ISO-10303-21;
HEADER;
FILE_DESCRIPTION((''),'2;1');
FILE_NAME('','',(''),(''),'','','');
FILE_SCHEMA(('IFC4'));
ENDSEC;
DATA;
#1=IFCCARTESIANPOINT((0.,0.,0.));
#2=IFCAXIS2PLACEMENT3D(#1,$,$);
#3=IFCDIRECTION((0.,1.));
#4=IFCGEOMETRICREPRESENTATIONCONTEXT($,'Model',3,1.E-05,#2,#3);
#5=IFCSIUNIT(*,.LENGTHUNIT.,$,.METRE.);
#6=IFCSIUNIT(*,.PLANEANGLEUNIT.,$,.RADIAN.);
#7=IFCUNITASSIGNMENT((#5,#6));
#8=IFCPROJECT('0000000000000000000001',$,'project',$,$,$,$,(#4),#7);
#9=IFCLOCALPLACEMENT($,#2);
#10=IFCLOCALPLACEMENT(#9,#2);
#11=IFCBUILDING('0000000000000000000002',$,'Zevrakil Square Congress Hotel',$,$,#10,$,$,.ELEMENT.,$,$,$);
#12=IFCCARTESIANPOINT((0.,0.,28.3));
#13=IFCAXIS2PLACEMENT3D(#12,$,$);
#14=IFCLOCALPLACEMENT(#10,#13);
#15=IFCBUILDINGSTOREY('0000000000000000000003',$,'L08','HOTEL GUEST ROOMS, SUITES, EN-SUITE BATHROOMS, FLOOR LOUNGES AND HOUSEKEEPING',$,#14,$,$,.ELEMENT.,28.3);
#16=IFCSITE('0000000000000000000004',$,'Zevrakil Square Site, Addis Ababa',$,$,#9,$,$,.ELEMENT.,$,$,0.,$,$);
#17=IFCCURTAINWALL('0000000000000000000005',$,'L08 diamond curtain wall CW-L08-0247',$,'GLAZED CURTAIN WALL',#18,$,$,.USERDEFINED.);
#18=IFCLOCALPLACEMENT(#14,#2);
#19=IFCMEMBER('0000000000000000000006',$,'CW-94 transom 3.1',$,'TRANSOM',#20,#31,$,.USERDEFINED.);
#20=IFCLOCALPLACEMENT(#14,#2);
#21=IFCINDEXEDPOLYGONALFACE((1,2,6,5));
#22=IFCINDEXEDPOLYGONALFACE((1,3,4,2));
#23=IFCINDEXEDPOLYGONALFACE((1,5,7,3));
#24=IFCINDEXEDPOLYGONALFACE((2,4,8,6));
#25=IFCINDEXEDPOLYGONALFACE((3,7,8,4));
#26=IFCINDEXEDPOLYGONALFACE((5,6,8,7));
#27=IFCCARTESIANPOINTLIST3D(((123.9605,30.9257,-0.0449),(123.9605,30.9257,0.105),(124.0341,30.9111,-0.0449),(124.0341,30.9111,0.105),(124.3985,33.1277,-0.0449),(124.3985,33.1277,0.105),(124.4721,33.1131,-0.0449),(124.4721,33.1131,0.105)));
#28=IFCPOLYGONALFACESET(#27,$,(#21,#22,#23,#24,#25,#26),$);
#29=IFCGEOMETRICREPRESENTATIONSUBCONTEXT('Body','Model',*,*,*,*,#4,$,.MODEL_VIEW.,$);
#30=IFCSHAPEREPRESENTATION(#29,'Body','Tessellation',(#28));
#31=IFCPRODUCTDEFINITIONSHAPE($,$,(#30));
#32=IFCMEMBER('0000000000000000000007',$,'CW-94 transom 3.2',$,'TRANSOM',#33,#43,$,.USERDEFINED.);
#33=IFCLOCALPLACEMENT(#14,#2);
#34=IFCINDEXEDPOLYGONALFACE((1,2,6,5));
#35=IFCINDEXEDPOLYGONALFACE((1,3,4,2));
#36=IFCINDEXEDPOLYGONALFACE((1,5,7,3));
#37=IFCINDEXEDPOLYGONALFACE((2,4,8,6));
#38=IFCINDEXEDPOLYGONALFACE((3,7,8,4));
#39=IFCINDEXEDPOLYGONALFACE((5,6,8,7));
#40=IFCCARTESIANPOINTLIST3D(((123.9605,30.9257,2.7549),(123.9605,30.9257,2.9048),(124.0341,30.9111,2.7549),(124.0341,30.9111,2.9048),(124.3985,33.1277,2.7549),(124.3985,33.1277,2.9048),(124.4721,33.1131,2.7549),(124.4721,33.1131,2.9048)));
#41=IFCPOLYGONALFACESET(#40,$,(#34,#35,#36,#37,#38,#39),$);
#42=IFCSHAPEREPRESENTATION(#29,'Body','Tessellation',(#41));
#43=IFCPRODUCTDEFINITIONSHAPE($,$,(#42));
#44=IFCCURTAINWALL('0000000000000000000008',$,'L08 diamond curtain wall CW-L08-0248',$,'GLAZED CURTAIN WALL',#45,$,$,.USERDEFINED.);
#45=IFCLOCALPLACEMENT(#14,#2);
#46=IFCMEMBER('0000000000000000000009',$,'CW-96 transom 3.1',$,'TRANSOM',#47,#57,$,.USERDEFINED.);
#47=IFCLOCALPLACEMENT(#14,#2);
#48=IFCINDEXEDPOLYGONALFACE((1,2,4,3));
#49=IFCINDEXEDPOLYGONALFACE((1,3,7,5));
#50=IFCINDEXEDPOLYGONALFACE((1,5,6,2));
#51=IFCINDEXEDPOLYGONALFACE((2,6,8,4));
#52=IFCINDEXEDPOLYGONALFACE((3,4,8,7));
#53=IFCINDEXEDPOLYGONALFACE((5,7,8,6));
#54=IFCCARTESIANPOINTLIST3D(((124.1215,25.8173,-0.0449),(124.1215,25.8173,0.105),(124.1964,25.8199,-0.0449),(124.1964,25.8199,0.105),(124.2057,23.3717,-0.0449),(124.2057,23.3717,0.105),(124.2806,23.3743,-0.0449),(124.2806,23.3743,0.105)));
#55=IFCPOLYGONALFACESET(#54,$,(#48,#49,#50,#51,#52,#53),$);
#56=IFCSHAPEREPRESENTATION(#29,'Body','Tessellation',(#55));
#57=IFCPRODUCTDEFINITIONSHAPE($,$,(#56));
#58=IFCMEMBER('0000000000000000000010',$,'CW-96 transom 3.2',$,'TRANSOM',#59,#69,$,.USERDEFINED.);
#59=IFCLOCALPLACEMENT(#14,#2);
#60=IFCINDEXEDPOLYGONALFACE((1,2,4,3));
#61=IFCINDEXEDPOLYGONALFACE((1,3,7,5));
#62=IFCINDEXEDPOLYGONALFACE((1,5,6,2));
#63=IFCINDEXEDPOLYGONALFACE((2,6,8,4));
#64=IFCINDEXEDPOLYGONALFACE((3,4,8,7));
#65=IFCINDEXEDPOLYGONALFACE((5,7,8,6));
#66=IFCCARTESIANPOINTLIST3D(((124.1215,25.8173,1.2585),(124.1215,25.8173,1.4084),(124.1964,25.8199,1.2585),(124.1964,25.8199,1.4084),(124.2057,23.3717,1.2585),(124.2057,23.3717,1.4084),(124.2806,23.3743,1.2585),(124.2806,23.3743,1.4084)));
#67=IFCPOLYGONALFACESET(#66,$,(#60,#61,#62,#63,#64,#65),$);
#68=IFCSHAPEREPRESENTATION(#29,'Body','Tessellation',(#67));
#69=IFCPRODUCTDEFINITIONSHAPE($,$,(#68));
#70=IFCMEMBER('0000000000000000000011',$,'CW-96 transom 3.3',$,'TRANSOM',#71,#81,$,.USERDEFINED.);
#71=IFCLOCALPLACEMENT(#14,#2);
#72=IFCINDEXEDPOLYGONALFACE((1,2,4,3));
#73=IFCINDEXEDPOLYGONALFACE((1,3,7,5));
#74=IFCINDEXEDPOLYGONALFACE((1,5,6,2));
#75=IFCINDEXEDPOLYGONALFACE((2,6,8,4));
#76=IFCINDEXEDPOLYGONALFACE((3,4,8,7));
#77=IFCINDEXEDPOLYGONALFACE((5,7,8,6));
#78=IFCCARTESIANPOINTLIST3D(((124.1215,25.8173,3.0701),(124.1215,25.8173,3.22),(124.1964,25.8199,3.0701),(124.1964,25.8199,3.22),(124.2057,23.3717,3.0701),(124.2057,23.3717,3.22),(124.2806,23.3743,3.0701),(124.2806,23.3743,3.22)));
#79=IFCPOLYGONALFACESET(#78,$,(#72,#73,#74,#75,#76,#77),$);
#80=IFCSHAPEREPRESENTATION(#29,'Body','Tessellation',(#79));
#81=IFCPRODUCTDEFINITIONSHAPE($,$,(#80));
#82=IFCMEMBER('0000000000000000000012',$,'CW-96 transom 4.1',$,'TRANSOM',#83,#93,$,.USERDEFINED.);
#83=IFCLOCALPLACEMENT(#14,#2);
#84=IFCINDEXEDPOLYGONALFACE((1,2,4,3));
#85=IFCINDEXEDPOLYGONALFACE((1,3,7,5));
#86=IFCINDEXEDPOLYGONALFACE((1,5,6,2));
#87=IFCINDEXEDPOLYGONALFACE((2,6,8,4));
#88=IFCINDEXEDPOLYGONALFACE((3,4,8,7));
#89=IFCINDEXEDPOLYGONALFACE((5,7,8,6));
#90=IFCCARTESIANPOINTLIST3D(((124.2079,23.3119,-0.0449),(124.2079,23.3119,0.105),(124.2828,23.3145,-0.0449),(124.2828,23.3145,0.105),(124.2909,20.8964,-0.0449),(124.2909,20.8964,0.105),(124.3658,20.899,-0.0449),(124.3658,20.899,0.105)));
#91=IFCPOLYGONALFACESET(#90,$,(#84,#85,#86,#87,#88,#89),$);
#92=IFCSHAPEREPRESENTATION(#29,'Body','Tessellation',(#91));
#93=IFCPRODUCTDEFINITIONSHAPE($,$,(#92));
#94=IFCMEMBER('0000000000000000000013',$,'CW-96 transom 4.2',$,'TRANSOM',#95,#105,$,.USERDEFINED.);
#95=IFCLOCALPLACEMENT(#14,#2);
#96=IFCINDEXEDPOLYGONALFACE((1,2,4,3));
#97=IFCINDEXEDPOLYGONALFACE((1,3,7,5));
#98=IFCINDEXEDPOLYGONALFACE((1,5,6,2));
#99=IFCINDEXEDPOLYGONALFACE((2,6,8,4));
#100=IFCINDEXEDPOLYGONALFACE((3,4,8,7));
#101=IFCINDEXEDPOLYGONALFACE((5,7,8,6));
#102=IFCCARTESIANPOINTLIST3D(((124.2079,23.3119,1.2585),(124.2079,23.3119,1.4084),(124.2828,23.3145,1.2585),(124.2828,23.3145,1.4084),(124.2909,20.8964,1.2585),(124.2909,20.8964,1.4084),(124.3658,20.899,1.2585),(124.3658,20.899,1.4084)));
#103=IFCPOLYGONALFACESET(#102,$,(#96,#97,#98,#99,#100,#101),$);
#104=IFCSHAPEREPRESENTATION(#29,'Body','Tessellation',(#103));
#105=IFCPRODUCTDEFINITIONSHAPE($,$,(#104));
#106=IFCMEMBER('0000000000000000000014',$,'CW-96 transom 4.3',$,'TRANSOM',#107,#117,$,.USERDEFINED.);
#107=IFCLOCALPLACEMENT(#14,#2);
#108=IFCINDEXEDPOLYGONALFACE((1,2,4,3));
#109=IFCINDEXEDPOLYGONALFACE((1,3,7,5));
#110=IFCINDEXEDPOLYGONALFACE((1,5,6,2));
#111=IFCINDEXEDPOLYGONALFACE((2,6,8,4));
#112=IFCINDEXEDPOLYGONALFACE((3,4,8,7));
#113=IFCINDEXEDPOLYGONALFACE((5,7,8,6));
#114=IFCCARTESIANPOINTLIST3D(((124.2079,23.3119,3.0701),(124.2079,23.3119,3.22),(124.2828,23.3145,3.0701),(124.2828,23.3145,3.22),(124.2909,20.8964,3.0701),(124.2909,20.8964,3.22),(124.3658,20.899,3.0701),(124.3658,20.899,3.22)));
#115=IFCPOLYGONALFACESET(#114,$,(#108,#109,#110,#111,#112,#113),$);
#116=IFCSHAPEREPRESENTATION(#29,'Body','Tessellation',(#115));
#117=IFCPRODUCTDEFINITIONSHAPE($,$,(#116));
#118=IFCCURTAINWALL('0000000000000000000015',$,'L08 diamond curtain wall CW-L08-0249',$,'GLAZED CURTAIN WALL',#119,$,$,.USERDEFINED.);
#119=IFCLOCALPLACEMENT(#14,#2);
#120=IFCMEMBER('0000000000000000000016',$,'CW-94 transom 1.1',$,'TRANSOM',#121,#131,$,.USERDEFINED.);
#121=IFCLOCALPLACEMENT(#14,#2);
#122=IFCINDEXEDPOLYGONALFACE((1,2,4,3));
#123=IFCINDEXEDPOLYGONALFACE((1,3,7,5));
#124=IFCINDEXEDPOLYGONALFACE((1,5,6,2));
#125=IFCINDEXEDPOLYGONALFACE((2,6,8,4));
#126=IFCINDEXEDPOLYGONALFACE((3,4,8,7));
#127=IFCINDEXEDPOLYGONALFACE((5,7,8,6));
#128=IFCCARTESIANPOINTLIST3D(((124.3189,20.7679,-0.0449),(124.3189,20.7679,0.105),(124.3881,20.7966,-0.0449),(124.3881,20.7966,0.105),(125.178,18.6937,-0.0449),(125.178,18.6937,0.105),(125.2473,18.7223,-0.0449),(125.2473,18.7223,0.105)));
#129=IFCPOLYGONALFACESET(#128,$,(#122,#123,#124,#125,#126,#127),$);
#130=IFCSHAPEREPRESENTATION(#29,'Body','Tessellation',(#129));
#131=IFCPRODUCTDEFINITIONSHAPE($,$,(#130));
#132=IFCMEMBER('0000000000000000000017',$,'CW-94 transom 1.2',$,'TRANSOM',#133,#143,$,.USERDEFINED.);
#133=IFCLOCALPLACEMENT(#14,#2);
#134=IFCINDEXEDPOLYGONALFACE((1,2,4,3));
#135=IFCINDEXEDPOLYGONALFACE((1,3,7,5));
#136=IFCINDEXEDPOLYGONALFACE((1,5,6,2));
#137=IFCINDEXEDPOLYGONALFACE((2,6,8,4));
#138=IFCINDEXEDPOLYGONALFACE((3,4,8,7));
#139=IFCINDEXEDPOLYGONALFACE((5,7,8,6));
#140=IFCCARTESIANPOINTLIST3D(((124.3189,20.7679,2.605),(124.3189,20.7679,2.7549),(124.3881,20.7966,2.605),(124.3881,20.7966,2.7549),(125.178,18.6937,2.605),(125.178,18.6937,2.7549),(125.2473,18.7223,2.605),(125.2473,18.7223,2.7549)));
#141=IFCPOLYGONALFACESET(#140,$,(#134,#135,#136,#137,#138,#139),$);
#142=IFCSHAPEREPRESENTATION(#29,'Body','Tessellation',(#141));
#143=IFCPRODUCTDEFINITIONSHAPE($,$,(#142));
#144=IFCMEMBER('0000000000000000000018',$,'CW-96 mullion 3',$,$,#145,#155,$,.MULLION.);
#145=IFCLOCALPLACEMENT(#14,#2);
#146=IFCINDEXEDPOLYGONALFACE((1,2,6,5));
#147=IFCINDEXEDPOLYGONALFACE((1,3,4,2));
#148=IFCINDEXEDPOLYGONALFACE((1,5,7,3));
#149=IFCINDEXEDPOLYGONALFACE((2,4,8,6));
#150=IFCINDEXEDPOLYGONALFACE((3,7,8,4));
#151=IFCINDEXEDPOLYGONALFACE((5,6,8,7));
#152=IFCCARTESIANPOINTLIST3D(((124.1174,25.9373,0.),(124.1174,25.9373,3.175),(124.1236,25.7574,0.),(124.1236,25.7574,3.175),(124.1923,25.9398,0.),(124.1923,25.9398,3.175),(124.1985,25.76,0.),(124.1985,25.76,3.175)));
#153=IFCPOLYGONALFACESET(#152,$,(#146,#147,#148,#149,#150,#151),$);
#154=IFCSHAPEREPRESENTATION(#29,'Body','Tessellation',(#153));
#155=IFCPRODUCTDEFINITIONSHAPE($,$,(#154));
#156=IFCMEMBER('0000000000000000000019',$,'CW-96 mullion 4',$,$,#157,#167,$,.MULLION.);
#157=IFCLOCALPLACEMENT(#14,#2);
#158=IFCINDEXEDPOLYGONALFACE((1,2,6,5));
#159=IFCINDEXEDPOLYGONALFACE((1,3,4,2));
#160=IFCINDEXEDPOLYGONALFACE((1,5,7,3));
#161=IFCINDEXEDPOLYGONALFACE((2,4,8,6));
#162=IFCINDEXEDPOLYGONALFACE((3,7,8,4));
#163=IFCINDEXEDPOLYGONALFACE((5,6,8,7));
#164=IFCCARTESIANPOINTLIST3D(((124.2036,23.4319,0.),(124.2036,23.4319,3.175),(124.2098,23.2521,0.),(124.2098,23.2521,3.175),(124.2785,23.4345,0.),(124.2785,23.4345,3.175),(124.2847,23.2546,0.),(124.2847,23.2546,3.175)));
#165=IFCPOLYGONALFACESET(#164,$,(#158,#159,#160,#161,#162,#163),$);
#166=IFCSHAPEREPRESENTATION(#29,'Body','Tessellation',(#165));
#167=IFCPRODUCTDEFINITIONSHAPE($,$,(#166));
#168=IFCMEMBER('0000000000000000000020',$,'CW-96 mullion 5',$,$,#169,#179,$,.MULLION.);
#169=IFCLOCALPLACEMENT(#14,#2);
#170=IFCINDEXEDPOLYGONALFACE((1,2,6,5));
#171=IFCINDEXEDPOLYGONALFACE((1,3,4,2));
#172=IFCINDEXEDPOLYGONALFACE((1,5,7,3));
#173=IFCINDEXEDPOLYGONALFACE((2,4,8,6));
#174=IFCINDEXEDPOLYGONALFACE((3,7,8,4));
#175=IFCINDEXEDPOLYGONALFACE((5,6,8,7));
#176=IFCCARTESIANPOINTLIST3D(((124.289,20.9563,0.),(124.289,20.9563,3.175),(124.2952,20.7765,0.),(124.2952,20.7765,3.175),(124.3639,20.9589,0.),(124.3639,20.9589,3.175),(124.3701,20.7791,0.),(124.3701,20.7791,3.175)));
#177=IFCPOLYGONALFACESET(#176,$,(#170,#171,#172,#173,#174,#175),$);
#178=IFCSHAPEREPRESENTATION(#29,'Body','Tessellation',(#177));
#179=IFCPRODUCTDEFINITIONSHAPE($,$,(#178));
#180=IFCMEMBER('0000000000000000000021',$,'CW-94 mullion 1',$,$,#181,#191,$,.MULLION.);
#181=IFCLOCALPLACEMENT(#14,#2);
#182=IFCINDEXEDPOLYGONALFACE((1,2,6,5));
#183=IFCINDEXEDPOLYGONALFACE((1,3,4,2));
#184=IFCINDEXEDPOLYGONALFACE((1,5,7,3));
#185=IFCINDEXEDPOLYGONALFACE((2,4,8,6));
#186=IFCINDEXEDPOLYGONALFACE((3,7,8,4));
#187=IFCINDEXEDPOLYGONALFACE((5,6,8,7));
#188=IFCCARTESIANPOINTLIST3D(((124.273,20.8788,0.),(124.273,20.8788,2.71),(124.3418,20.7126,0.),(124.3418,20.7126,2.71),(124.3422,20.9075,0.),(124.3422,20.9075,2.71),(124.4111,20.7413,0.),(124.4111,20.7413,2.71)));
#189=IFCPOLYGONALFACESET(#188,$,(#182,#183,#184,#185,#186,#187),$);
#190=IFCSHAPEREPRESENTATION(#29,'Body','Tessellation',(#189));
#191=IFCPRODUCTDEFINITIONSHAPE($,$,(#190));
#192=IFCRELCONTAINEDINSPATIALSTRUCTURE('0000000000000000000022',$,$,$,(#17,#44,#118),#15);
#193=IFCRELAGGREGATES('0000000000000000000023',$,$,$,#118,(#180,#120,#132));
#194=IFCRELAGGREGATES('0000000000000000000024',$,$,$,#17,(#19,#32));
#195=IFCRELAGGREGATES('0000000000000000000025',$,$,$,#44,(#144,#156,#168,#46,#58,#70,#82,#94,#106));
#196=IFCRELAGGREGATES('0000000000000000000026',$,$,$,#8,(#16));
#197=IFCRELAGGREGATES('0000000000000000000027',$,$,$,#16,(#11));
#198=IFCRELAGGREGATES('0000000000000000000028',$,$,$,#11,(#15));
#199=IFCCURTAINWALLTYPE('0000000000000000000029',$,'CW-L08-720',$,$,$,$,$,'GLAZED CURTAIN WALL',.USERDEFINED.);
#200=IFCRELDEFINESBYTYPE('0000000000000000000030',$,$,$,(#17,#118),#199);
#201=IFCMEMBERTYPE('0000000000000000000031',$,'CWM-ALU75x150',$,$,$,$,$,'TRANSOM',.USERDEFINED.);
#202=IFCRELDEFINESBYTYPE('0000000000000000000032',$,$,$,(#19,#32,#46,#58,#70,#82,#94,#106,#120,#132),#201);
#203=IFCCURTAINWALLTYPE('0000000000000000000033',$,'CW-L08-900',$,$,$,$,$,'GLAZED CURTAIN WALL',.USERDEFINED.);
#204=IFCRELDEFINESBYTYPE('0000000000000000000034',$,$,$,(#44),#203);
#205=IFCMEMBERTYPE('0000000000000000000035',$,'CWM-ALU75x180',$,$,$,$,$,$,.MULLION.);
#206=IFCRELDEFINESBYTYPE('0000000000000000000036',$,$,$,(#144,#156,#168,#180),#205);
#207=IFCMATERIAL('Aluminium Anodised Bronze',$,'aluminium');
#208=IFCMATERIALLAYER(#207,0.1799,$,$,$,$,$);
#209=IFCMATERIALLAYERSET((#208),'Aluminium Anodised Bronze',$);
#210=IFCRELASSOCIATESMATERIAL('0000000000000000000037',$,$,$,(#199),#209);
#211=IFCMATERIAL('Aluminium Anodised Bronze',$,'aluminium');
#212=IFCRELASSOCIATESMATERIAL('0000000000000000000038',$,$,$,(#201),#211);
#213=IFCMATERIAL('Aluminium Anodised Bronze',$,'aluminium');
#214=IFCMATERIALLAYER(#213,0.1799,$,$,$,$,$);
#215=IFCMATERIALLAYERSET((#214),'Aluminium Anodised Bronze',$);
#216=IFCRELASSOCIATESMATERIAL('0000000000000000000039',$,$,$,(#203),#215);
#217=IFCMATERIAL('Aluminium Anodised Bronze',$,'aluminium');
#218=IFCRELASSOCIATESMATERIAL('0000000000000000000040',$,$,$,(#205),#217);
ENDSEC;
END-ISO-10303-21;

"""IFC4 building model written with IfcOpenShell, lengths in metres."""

from ifc_helpers import new_model, si_unit, direction, frame, origin, origin_2d, place, context, subcontext, project, spatial, rectangle, extrude, material, layer, layer_set, material_profile, profile_set, type_object, element, aggregate, save


model = new_model("IFC4")

# Units and contexts
model_context = context("Model", 3, precision=1e-05, world=origin(), true_north=direction((0.0, 1.0)))
body_context = subcontext(model_context, "Body", "Model", "MODEL_VIEW")
ifc_project = project(units=[si_unit("LENGTHUNIT", "METRE"), si_unit("PLANEANGLEUNIT", "RADIAN")], contexts=[model_context])

# Site, building, storey
site_placement = place(None, origin())
site = spatial("IfcSite", under=ifc_project, at=site_placement, Name="Zevrakil Square Site, Addis Ababa", CompositionType="ELEMENT", RefElevation=0.0)
building_placement = place(site_placement, origin())
building = spatial("IfcBuilding", under=site, at=building_placement, Name="Zevrakil Square Congress Hotel", CompositionType="ELEMENT")
storey_placement = place(building_placement, frame((0.0, 0.0, 28.3)))
storey = spatial("IfcBuildingStorey", under=building, at=storey_placement, Name="L08", Description="HOTEL GUEST ROOMS, SUITES, EN-SUITE BATHROOMS, FLOOR LOUNGES AND HOUSEKEEPING", CompositionType="ELEMENT", Elevation=28.3)

# Curtain walls, members
ifc_material_1 = material(Name="Aluminium Anodised Bronze", Category="aluminium")
ifc_layer_1 = layer(ifc_material_1, 0.1799)
ifc_layer_set_1 = layer_set([ifc_layer_1], Name="Aluminium Anodised Bronze")
curtain_wall_type_1 = type_object("IfcCurtainWallType", Name="CW-L08-720", ElementType="GLAZED CURTAIN WALL", PredefinedType="USERDEFINED", material=ifc_layer_set_1)
curtain_wall_1_placement = place(storey_placement, origin())
curtain_wall_1 = element("IfcCurtainWall", 1, at=curtain_wall_1_placement, inside=storey, type_object=curtain_wall_type_1, Name="L08 diamond curtain wall CW-L08-0247", ObjectType="GLAZED CURTAIN WALL", PredefinedType="USERDEFINED")
ifc_material_2 = material(Name="Aluminium Anodised Bronze", Category="aluminium")
ifc_material_profile_1 = material_profile(ifc_material_2, rectangle(XDim=0.075, YDim=0.1499, at=origin_2d()), Name="ALU 75x150")
ifc_profile_set_1 = profile_set([ifc_material_profile_1], Name="Aluminium Anodised Bronze")
member_type_1 = type_object("IfcMemberType", Name="CWM-ALU75x150", ElementType="TRANSOM", PredefinedType="USERDEFINED", material=ifc_profile_set_1)
member_1_placement = place(storey_placement, frame((124.4353, 33.1204, 0.03), z_axis=(-0.195091, -0.980785, 0.0), x_axis=(0.980785, -0.195091, 0.0)))
member_1 = element("IfcMember", 2, at=member_1_placement, type_object=member_type_1, Name="CW-94 transom 3.1", ObjectType="TRANSOM", PredefinedType="USERDEFINED", context=body_context, shape_type="SweptSolid", body=[
    extrude(rectangle(XDim=0.075, YDim=0.1499, at=origin_2d()), origin(), (0.0, 0.0, 1.0), 2.2451),
])
member_2_placement = place(storey_placement, frame((124.4353, 33.1204, 2.8298), z_axis=(-0.195091, -0.980785, 0.0), x_axis=(0.980785, -0.195091, 0.0)))
member_2 = element("IfcMember", 3, at=member_2_placement, type_object=member_type_1, Name="CW-94 transom 3.2", ObjectType="TRANSOM", PredefinedType="USERDEFINED", context=body_context, shape_type="SweptSolid", body=[
    extrude(rectangle(XDim=0.075, YDim=0.1499, at=origin_2d()), origin(), (0.0, 0.0, 1.0), 2.2451),
])
ifc_material_3 = material(Name="Aluminium Anodised Bronze", Category="aluminium")
ifc_layer_2 = layer(ifc_material_3, 0.1799)
ifc_layer_set_2 = layer_set([ifc_layer_2], Name="Aluminium Anodised Bronze")
curtain_wall_type_2 = type_object("IfcCurtainWallType", Name="CW-L08-900", ElementType="GLAZED CURTAIN WALL", PredefinedType="USERDEFINED", material=ifc_layer_set_2)
curtain_wall_2_placement = place(storey_placement, origin())
curtain_wall_2 = element("IfcCurtainWall", 4, at=curtain_wall_2_placement, inside=storey, type_object=curtain_wall_type_2, Name="L08 diamond curtain wall CW-L08-0248", ObjectType="GLAZED CURTAIN WALL", PredefinedType="USERDEFINED")
member_3_placement = place(storey_placement, frame((124.1589, 25.8186, 0.03), z_axis=(0.034421, -0.999407, 0.0), x_axis=(0.999407, 0.034421, 0.0)))
member_3 = element("IfcMember", 5, at=member_3_placement, type_object=member_type_1, Name="CW-96 transom 3.1", ObjectType="TRANSOM", PredefinedType="USERDEFINED", context=body_context, shape_type="SweptSolid", body=[
    extrude(rectangle(XDim=0.075, YDim=0.1499, at=origin_2d()), origin(), (0.0, 0.0, 1.0), 2.447),
])
member_4_placement = place(storey_placement, frame((124.1589, 25.8186, 1.3335), z_axis=(0.034421, -0.999407, 0.0), x_axis=(0.999407, 0.034421, 0.0)))
member_4 = element("IfcMember", 6, at=member_4_placement, type_object=member_type_1, Name="CW-96 transom 3.2", ObjectType="TRANSOM", PredefinedType="USERDEFINED", context=body_context, shape_type="SweptSolid", body=[
    extrude(rectangle(XDim=0.075, YDim=0.1499, at=origin_2d()), origin(), (0.0, 0.0, 1.0), 2.447),
])
member_5_placement = place(storey_placement, frame((124.1589, 25.8186, 3.145), z_axis=(0.034421, -0.999407, 0.0), x_axis=(0.999407, 0.034421, 0.0)))
member_5 = element("IfcMember", 7, at=member_5_placement, type_object=member_type_1, Name="CW-96 transom 3.3", ObjectType="TRANSOM", PredefinedType="USERDEFINED", context=body_context, shape_type="SweptSolid", body=[
    extrude(rectangle(XDim=0.075, YDim=0.1499, at=origin_2d()), origin(), (0.0, 0.0, 1.0), 2.447),
])
member_6_placement = place(storey_placement, frame((124.2454, 23.3132, 0.03), z_axis=(0.034344, -0.99941, 0.0), x_axis=(0.99941, 0.034344, 0.0)))
member_6 = element("IfcMember", 8, at=member_6_placement, type_object=member_type_1, Name="CW-96 transom 4.1", ObjectType="TRANSOM", PredefinedType="USERDEFINED", context=body_context, shape_type="SweptSolid", body=[
    extrude(rectangle(XDim=0.075, YDim=0.1499, at=origin_2d()), origin(), (0.0, 0.0, 1.0), 2.417),
])
member_7_placement = place(storey_placement, frame((124.2454, 23.3132, 1.3335), z_axis=(0.034344, -0.99941, 0.0), x_axis=(0.99941, 0.034344, 0.0)))
member_7 = element("IfcMember", 9, at=member_7_placement, type_object=member_type_1, Name="CW-96 transom 4.2", ObjectType="TRANSOM", PredefinedType="USERDEFINED", context=body_context, shape_type="SweptSolid", body=[
    extrude(rectangle(XDim=0.075, YDim=0.1499, at=origin_2d()), origin(), (0.0, 0.0, 1.0), 2.417),
])
member_8_placement = place(storey_placement, frame((124.2454, 23.3132, 3.145), z_axis=(0.034344, -0.99941, 0.0), x_axis=(0.99941, 0.034344, 0.0)))
member_8 = element("IfcMember", 10, at=member_8_placement, type_object=member_type_1, Name="CW-96 transom 4.3", ObjectType="TRANSOM", PredefinedType="USERDEFINED", context=body_context, shape_type="SweptSolid", body=[
    extrude(rectangle(XDim=0.075, YDim=0.1499, at=origin_2d()), origin(), (0.0, 0.0, 1.0), 2.417),
])
curtain_wall_3_placement = place(storey_placement, origin())
curtain_wall_3 = element("IfcCurtainWall", 11, at=curtain_wall_3_placement, inside=storey, type_object=curtain_wall_type_1, Name="L08 diamond curtain wall CW-L08-0249", ObjectType="GLAZED CURTAIN WALL", PredefinedType="USERDEFINED")
member_9_placement = place(storey_placement, frame((124.3535, 20.7822, 0.03), z_axis=(0.382669, -0.923886, 0.0), x_axis=(0.923886, 0.382669, 0.0)))
member_9 = element("IfcMember", 12, at=member_9_placement, type_object=member_type_1, Name="CW-94 transom 1.1", ObjectType="TRANSOM", PredefinedType="USERDEFINED", context=body_context, shape_type="SweptSolid", body=[
    extrude(rectangle(XDim=0.075, YDim=0.1499, at=origin_2d()), origin(), (0.0, 0.0, 1.0), 2.2451),
])
member_10_placement = place(storey_placement, frame((124.3535, 20.7822, 2.6799), z_axis=(0.382669, -0.923886, 0.0), x_axis=(0.923886, 0.382669, 0.0)))
member_10 = element("IfcMember", 13, at=member_10_placement, type_object=member_type_1, Name="CW-94 transom 1.2", ObjectType="TRANSOM", PredefinedType="USERDEFINED", context=body_context, shape_type="SweptSolid", body=[
    extrude(rectangle(XDim=0.075, YDim=0.1499, at=origin_2d()), origin(), (0.0, 0.0, 1.0), 2.2451),
])

# Members
ifc_material_4 = material(Name="Aluminium Anodised Bronze", Category="aluminium")
ifc_material_profile_2 = material_profile(ifc_material_4, rectangle(XDim=0.075, YDim=0.1799, at=origin_2d()), Name="ALU 75x180")
ifc_profile_set_2 = profile_set([ifc_material_profile_2], Name="Aluminium Anodised Bronze")
member_type_2 = type_object("IfcMemberType", Name="CWM-ALU75x180", PredefinedType="MULLION", material=ifc_profile_set_2)
member_11_placement = place(storey_placement, frame((124.158, 25.8486, 0.0), z_axis=(0.0, 0.0, 1.0), x_axis=(0.999408, 0.034405, 0.0)))
member_11 = element("IfcMember", 14, at=member_11_placement, type_object=member_type_2, Name="CW-96 mullion 3", PredefinedType="MULLION", context=body_context, shape_type="SweptSolid", body=[
    extrude(rectangle(XDim=0.075, YDim=0.1799, at=origin_2d()), origin(), (0.0, 0.0, 1.0), 3.175),
])
member_12_placement = place(storey_placement, frame((124.2441, 23.3433, 0.0), z_axis=(0.0, 0.0, 1.0), x_axis=(0.999408, 0.034405, 0.0)))
member_12 = element("IfcMember", 15, at=member_12_placement, type_object=member_type_2, Name="CW-96 mullion 4", PredefinedType="MULLION", context=body_context, shape_type="SweptSolid", body=[
    extrude(rectangle(XDim=0.075, YDim=0.1799, at=origin_2d()), origin(), (0.0, 0.0, 1.0), 3.175),
])
member_13_placement = place(storey_placement, frame((124.3296, 20.8677, 0.0), z_axis=(0.0, 0.0, 1.0), x_axis=(0.999408, 0.034405, 0.0)))
member_13 = element("IfcMember", 16, at=member_13_placement, type_object=member_type_2, Name="CW-96 mullion 5", PredefinedType="MULLION", context=body_context, shape_type="SweptSolid", body=[
    extrude(rectangle(XDim=0.075, YDim=0.1799, at=origin_2d()), origin(), (0.0, 0.0, 1.0), 3.175),
])
member_14_placement = place(storey_placement, frame((124.342, 20.8101, 0.0), z_axis=(0.0, 0.0, 1.0), x_axis=(0.923879, 0.382684, 0.0)))
member_14 = element("IfcMember", 17, at=member_14_placement, type_object=member_type_2, Name="CW-94 mullion 1", PredefinedType="MULLION", context=body_context, shape_type="SweptSolid", body=[
    extrude(rectangle(XDim=0.075, YDim=0.1799, at=origin_2d()), origin(), (0.0, 0.0, 1.0), 2.71),
])
aggregate(curtain_wall_3, [member_14, member_9, member_10])

aggregate(curtain_wall_1, [member_1, member_2])
aggregate(curtain_wall_2, [member_11, member_12, member_13, member_3, member_4, member_5, member_6, member_7, member_8])

save(model, "model.ifc")
